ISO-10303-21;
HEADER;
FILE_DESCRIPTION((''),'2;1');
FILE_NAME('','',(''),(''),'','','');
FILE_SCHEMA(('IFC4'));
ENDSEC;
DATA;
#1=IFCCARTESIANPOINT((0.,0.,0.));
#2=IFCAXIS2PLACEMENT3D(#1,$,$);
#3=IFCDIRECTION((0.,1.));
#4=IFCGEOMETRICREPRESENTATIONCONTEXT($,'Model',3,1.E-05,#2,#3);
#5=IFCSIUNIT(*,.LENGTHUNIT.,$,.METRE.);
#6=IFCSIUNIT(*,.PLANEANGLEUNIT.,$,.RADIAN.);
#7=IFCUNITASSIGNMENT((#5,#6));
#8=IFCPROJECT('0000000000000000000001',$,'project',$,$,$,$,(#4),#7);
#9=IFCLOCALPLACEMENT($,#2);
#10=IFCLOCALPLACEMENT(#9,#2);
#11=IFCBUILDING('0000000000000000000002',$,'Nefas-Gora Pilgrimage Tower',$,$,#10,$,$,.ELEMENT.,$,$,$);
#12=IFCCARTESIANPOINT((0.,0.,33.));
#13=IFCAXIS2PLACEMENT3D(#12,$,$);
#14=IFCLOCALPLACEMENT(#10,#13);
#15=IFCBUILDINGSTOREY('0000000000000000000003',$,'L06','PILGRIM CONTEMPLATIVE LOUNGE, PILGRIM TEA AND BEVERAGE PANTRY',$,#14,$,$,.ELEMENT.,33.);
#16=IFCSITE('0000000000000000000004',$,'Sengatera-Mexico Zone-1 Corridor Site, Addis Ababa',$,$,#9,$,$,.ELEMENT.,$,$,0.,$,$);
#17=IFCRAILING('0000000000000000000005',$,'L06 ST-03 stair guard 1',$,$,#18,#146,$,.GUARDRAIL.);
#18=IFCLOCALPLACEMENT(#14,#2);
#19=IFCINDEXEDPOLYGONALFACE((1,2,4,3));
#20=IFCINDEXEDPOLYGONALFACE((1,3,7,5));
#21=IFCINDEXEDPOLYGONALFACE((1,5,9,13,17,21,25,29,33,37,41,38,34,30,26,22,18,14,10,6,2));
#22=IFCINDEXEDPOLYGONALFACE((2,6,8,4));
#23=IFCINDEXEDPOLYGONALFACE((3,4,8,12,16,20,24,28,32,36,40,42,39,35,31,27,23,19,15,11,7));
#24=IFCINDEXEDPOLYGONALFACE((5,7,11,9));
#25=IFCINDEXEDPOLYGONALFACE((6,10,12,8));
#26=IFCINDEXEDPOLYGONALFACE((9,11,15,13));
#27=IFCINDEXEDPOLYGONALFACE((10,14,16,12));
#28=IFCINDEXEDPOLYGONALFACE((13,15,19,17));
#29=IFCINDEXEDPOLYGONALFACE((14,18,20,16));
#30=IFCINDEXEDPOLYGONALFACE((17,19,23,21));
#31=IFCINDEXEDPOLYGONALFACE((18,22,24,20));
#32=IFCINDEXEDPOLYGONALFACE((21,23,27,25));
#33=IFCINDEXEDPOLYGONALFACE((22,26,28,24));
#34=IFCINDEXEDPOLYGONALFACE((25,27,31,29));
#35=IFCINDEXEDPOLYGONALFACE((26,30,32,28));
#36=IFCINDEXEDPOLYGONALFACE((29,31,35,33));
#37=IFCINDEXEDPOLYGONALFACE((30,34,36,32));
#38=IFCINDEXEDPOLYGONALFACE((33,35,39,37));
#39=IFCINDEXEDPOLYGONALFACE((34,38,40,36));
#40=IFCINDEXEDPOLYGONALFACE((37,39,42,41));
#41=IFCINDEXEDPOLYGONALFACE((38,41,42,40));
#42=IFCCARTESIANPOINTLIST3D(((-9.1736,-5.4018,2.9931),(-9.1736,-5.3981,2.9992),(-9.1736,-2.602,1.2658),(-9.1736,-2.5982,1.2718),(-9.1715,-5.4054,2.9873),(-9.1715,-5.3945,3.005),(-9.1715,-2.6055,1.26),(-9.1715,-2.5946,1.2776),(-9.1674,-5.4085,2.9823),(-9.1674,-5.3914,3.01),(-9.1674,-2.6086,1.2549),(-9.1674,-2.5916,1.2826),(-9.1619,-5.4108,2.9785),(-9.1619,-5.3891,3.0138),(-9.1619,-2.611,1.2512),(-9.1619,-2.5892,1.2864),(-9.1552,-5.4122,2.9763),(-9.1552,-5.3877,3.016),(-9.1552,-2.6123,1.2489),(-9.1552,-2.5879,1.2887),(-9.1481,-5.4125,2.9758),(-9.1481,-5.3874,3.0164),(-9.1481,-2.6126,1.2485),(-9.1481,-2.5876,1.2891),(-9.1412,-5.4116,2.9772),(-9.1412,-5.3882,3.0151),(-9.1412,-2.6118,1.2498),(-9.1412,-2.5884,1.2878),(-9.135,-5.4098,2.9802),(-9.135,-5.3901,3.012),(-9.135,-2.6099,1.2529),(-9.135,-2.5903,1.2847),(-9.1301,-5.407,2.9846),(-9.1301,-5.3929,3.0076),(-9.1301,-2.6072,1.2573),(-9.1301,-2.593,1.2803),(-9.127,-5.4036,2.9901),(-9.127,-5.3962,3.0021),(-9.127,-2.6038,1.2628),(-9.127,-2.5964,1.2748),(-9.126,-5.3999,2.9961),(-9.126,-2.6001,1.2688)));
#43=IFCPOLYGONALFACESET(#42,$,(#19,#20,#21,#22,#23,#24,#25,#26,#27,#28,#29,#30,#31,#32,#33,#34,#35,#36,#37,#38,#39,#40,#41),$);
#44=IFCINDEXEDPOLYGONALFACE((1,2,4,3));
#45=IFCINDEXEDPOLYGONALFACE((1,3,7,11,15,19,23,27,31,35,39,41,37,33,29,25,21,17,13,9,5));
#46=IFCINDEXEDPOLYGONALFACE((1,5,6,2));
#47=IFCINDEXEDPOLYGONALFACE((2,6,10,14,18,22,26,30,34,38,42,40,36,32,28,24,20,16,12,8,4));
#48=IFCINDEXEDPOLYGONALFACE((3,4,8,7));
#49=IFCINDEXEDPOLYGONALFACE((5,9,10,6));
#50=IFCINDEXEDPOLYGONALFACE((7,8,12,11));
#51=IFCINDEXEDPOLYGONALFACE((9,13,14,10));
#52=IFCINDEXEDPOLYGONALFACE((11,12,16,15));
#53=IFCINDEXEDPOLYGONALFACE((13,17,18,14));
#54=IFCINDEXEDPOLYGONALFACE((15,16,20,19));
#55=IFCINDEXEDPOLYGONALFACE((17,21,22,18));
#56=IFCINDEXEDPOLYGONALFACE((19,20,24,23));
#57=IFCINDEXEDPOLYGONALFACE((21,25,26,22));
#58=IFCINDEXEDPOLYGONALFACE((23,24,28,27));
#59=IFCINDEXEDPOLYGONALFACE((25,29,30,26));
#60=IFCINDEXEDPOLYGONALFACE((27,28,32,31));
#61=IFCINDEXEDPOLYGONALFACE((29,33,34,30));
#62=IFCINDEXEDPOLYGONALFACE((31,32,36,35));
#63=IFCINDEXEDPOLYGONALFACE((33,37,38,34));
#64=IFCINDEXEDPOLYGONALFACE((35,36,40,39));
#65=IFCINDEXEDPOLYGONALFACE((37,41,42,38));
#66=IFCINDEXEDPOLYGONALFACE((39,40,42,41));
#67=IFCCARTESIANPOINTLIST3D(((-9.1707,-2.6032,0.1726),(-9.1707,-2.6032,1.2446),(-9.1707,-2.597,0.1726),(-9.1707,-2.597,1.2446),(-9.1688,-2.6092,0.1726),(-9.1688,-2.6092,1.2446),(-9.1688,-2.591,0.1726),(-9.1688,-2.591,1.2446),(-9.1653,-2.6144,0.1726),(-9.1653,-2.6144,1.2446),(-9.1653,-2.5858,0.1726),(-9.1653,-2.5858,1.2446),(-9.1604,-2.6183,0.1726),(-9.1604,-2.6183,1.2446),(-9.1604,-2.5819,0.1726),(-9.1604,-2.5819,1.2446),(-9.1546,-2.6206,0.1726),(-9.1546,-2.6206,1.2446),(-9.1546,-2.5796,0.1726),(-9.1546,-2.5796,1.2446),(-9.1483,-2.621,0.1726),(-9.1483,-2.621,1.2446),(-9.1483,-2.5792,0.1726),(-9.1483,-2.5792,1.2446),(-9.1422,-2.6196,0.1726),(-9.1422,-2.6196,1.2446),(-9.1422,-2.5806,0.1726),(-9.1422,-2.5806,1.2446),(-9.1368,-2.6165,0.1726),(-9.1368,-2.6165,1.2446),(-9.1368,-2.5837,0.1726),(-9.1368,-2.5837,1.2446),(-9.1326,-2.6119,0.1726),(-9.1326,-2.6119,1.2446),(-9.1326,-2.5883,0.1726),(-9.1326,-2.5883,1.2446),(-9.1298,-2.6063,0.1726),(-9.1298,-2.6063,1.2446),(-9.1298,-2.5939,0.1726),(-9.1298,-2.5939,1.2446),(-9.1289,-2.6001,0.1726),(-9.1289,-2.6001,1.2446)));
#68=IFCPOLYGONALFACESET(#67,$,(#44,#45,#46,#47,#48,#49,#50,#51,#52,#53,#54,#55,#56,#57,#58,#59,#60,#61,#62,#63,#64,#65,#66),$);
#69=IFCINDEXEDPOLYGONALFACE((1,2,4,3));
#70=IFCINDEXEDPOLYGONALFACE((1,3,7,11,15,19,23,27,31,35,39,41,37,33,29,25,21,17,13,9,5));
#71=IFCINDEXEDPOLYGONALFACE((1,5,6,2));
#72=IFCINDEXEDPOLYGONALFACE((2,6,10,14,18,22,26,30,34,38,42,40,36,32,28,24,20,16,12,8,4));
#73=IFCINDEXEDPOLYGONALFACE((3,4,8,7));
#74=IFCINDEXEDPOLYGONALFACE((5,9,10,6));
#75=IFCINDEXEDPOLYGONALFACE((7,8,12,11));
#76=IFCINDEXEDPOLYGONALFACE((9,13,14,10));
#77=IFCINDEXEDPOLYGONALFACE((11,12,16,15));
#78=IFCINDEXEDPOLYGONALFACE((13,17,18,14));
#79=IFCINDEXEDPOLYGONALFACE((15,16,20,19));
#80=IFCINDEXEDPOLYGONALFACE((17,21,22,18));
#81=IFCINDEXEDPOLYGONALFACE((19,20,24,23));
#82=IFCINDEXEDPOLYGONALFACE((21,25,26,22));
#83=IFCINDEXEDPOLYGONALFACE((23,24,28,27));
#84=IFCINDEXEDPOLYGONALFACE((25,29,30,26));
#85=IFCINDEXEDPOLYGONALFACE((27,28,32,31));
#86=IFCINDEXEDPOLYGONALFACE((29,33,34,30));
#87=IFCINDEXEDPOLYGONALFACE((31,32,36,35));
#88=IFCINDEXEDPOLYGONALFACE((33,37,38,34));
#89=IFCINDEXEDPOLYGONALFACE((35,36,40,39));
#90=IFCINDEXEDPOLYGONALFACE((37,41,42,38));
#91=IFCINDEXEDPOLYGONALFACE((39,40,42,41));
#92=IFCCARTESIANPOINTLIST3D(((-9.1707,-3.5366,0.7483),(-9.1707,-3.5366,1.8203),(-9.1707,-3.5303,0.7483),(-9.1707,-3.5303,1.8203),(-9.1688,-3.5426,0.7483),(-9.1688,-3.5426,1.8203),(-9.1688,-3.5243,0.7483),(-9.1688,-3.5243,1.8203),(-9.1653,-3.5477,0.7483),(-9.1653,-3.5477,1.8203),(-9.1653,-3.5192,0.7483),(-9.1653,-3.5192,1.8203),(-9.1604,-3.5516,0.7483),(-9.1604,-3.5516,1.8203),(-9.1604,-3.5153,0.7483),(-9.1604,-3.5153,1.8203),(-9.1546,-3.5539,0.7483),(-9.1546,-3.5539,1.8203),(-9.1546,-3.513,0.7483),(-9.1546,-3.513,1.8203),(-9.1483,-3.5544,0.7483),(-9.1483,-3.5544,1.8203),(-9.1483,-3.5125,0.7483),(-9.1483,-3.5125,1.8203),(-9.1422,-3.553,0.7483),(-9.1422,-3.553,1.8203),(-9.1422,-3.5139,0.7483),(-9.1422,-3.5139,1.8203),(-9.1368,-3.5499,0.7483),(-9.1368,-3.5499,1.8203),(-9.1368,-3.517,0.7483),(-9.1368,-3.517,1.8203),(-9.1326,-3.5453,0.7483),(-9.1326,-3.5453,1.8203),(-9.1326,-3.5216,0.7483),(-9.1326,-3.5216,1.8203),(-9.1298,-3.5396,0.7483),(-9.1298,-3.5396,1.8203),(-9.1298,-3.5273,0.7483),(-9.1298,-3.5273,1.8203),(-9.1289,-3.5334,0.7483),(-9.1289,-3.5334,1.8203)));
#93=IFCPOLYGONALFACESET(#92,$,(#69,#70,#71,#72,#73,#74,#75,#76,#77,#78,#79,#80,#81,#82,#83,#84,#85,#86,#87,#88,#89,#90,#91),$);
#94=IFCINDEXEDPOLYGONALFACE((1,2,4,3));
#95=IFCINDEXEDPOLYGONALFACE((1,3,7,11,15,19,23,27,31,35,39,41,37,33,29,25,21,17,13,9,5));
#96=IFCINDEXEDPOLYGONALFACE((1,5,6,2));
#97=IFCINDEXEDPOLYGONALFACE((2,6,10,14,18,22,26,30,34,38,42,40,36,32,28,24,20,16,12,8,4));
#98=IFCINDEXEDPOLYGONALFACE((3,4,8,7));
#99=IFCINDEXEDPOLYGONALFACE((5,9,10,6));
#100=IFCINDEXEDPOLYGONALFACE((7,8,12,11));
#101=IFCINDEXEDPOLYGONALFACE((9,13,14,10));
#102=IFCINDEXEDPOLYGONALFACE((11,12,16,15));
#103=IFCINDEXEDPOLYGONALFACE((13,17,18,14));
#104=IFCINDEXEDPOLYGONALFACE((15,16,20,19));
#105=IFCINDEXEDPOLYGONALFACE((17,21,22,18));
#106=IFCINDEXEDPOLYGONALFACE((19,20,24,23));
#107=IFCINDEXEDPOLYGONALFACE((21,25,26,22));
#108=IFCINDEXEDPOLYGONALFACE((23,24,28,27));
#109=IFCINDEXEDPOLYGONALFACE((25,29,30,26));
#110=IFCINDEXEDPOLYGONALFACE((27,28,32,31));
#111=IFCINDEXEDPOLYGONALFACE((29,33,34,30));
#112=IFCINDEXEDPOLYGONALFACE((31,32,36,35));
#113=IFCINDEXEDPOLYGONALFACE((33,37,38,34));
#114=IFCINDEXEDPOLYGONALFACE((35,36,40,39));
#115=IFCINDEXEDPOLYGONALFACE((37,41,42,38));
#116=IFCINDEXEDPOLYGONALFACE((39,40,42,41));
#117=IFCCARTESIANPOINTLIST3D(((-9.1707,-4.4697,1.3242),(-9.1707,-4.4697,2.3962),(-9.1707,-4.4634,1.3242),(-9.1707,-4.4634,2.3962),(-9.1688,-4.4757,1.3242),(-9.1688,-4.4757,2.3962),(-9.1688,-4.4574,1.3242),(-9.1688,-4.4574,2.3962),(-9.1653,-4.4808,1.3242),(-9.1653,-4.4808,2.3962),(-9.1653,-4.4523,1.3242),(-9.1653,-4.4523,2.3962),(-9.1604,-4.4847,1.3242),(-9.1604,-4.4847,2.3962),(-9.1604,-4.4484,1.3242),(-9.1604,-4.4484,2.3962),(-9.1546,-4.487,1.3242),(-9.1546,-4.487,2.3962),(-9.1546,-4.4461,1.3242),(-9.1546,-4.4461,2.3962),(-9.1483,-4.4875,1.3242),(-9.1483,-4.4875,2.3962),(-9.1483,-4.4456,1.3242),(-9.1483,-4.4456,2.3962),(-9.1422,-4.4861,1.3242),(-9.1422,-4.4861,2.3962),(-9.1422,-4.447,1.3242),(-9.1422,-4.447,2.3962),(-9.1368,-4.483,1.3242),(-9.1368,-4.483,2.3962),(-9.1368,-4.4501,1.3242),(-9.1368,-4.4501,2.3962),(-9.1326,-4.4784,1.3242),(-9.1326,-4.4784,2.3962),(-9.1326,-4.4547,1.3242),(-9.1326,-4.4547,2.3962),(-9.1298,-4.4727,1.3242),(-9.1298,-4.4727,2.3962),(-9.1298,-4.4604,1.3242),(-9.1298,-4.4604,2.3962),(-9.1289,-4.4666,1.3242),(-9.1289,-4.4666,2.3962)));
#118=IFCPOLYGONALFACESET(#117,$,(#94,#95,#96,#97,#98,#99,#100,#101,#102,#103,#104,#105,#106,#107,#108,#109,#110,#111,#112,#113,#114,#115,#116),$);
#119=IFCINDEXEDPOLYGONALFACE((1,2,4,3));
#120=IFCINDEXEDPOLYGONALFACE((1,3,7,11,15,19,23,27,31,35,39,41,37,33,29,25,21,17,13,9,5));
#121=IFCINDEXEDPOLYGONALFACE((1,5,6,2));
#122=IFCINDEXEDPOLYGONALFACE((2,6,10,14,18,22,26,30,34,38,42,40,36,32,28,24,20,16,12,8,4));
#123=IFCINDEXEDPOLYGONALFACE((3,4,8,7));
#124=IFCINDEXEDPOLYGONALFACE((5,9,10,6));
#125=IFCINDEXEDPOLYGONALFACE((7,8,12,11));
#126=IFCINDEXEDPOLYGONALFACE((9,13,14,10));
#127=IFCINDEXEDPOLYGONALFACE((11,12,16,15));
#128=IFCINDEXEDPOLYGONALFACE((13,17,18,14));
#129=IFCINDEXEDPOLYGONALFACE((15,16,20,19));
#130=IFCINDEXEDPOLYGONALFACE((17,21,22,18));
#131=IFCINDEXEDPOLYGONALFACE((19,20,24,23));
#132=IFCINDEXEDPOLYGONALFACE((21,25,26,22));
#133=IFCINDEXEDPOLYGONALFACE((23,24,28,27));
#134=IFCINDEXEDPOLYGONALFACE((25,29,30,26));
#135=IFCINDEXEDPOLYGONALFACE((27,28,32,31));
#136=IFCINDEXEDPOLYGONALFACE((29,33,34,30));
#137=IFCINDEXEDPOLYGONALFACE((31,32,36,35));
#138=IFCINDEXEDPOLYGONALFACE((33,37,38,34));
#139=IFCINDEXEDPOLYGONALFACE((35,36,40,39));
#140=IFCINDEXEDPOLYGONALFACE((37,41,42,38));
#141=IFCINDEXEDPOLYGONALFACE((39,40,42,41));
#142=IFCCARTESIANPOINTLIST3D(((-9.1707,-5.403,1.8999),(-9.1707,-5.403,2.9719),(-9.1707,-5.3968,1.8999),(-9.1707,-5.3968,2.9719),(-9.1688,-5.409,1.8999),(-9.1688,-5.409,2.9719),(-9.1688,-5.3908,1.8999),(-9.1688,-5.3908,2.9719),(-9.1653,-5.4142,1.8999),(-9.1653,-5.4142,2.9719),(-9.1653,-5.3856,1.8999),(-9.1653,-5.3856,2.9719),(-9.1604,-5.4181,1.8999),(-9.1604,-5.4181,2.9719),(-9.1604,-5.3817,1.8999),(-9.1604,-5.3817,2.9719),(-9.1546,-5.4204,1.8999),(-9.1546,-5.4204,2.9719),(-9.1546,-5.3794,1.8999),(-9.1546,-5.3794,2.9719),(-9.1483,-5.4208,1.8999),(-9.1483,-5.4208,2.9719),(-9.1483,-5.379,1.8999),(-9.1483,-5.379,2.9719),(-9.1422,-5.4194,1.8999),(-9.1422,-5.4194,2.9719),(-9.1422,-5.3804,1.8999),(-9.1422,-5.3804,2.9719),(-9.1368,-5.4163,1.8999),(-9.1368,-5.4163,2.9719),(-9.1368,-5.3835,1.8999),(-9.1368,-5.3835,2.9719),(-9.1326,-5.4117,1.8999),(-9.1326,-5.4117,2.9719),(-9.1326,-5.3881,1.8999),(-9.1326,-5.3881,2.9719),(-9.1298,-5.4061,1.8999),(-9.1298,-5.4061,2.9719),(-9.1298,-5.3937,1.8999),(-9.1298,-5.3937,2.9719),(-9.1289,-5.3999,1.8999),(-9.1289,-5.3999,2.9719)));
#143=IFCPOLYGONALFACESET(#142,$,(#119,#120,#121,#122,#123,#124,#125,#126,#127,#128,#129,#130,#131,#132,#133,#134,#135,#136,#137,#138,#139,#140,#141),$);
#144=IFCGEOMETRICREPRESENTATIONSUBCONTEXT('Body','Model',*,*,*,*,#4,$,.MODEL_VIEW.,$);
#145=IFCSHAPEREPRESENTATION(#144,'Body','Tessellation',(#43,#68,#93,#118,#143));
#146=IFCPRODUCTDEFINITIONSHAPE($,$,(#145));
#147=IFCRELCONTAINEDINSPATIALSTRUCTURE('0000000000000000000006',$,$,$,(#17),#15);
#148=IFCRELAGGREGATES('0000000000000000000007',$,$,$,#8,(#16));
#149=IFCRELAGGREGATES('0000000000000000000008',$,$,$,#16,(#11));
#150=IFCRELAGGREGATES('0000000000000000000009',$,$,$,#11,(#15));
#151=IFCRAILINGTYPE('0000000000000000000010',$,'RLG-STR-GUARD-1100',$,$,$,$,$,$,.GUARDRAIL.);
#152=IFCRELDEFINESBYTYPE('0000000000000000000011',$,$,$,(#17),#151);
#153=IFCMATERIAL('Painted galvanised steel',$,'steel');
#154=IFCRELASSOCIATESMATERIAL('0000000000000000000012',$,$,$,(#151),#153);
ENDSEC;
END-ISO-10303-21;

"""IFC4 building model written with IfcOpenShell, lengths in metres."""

from ifc_helpers import new_model, si_unit, direction, frame, origin, origin_2d, place, context, subcontext, project, spatial, circle, extrude, material, type_object, element, save


model = new_model("IFC4")

# Units and contexts
model_context = context("Model", 3, precision=1e-05, world=origin(), true_north=direction((0.0, 1.0)))
body_context = subcontext(model_context, "Body", "Model", "MODEL_VIEW")
ifc_project = project(units=[si_unit("LENGTHUNIT", "METRE"), si_unit("PLANEANGLEUNIT", "RADIAN")], contexts=[model_context])

# Site, building, storey
site_placement = place(None, origin())
site = spatial("IfcSite", under=ifc_project, at=site_placement, Name="Sengatera-Mexico Zone-1 Corridor Site, Addis Ababa", CompositionType="ELEMENT", RefElevation=0.0)
building_placement = place(site_placement, origin())
building = spatial("IfcBuilding", under=site, at=building_placement, Name="Nefas-Gora Pilgrimage Tower", CompositionType="ELEMENT")
storey_placement = place(building_placement, frame((0.0, 0.0, 33.0)))
storey = spatial("IfcBuildingStorey", under=building, at=storey_placement, Name="L06", Description="PILGRIM CONTEMPLATIVE LOUNGE, PILGRIM TEA AND BEVERAGE PANTRY", CompositionType="ELEMENT", Elevation=33.0)

# Railing
ifc_material_1 = material(Name="Painted galvanised steel", Category="steel")
railing_type_1 = type_object("IfcRailingType", Name="RLG-STR-GUARD-1100", PredefinedType="GUARDRAIL", material=ifc_material_1)
railing_1_placement = place(storey_placement, frame((-9.1499, -2.6001, 0.1726)))
element("IfcRailing", 1, at=railing_1_placement, inside=storey, type_object=railing_type_1, Name="L06 ST-03 stair guard 1", PredefinedType="GUARDRAIL", context=body_context, shape_type="SweptSolid", body=[
    extrude(circle(Radius=0.0239, at=origin_2d()), frame((0.0, 0.0, 1.0962), z_axis=(0.0, -0.851069, 0.525054), x_axis=(1.0, 0.0, 0.0)), (0.0, 0.0, 1.0), 3.2898),
    extrude(circle(Radius=0.021, at=origin_2d()), origin(), (0.0, 0.0, 1.0), 1.072),
    extrude(circle(Radius=0.021, at=origin_2d()), frame((0.0, -0.9333, 0.5757)), (0.0, 0.0, 1.0), 1.072),
    extrude(circle(Radius=0.021, at=origin_2d()), frame((0.0, -1.8665, 1.1516)), (0.0, 0.0, 1.0), 1.072),
    extrude(circle(Radius=0.021, at=origin_2d()), frame((0.0, -2.7998, 1.7273)), (0.0, 0.0, 1.0), 1.072),
])

save(model, "model.ifc")
